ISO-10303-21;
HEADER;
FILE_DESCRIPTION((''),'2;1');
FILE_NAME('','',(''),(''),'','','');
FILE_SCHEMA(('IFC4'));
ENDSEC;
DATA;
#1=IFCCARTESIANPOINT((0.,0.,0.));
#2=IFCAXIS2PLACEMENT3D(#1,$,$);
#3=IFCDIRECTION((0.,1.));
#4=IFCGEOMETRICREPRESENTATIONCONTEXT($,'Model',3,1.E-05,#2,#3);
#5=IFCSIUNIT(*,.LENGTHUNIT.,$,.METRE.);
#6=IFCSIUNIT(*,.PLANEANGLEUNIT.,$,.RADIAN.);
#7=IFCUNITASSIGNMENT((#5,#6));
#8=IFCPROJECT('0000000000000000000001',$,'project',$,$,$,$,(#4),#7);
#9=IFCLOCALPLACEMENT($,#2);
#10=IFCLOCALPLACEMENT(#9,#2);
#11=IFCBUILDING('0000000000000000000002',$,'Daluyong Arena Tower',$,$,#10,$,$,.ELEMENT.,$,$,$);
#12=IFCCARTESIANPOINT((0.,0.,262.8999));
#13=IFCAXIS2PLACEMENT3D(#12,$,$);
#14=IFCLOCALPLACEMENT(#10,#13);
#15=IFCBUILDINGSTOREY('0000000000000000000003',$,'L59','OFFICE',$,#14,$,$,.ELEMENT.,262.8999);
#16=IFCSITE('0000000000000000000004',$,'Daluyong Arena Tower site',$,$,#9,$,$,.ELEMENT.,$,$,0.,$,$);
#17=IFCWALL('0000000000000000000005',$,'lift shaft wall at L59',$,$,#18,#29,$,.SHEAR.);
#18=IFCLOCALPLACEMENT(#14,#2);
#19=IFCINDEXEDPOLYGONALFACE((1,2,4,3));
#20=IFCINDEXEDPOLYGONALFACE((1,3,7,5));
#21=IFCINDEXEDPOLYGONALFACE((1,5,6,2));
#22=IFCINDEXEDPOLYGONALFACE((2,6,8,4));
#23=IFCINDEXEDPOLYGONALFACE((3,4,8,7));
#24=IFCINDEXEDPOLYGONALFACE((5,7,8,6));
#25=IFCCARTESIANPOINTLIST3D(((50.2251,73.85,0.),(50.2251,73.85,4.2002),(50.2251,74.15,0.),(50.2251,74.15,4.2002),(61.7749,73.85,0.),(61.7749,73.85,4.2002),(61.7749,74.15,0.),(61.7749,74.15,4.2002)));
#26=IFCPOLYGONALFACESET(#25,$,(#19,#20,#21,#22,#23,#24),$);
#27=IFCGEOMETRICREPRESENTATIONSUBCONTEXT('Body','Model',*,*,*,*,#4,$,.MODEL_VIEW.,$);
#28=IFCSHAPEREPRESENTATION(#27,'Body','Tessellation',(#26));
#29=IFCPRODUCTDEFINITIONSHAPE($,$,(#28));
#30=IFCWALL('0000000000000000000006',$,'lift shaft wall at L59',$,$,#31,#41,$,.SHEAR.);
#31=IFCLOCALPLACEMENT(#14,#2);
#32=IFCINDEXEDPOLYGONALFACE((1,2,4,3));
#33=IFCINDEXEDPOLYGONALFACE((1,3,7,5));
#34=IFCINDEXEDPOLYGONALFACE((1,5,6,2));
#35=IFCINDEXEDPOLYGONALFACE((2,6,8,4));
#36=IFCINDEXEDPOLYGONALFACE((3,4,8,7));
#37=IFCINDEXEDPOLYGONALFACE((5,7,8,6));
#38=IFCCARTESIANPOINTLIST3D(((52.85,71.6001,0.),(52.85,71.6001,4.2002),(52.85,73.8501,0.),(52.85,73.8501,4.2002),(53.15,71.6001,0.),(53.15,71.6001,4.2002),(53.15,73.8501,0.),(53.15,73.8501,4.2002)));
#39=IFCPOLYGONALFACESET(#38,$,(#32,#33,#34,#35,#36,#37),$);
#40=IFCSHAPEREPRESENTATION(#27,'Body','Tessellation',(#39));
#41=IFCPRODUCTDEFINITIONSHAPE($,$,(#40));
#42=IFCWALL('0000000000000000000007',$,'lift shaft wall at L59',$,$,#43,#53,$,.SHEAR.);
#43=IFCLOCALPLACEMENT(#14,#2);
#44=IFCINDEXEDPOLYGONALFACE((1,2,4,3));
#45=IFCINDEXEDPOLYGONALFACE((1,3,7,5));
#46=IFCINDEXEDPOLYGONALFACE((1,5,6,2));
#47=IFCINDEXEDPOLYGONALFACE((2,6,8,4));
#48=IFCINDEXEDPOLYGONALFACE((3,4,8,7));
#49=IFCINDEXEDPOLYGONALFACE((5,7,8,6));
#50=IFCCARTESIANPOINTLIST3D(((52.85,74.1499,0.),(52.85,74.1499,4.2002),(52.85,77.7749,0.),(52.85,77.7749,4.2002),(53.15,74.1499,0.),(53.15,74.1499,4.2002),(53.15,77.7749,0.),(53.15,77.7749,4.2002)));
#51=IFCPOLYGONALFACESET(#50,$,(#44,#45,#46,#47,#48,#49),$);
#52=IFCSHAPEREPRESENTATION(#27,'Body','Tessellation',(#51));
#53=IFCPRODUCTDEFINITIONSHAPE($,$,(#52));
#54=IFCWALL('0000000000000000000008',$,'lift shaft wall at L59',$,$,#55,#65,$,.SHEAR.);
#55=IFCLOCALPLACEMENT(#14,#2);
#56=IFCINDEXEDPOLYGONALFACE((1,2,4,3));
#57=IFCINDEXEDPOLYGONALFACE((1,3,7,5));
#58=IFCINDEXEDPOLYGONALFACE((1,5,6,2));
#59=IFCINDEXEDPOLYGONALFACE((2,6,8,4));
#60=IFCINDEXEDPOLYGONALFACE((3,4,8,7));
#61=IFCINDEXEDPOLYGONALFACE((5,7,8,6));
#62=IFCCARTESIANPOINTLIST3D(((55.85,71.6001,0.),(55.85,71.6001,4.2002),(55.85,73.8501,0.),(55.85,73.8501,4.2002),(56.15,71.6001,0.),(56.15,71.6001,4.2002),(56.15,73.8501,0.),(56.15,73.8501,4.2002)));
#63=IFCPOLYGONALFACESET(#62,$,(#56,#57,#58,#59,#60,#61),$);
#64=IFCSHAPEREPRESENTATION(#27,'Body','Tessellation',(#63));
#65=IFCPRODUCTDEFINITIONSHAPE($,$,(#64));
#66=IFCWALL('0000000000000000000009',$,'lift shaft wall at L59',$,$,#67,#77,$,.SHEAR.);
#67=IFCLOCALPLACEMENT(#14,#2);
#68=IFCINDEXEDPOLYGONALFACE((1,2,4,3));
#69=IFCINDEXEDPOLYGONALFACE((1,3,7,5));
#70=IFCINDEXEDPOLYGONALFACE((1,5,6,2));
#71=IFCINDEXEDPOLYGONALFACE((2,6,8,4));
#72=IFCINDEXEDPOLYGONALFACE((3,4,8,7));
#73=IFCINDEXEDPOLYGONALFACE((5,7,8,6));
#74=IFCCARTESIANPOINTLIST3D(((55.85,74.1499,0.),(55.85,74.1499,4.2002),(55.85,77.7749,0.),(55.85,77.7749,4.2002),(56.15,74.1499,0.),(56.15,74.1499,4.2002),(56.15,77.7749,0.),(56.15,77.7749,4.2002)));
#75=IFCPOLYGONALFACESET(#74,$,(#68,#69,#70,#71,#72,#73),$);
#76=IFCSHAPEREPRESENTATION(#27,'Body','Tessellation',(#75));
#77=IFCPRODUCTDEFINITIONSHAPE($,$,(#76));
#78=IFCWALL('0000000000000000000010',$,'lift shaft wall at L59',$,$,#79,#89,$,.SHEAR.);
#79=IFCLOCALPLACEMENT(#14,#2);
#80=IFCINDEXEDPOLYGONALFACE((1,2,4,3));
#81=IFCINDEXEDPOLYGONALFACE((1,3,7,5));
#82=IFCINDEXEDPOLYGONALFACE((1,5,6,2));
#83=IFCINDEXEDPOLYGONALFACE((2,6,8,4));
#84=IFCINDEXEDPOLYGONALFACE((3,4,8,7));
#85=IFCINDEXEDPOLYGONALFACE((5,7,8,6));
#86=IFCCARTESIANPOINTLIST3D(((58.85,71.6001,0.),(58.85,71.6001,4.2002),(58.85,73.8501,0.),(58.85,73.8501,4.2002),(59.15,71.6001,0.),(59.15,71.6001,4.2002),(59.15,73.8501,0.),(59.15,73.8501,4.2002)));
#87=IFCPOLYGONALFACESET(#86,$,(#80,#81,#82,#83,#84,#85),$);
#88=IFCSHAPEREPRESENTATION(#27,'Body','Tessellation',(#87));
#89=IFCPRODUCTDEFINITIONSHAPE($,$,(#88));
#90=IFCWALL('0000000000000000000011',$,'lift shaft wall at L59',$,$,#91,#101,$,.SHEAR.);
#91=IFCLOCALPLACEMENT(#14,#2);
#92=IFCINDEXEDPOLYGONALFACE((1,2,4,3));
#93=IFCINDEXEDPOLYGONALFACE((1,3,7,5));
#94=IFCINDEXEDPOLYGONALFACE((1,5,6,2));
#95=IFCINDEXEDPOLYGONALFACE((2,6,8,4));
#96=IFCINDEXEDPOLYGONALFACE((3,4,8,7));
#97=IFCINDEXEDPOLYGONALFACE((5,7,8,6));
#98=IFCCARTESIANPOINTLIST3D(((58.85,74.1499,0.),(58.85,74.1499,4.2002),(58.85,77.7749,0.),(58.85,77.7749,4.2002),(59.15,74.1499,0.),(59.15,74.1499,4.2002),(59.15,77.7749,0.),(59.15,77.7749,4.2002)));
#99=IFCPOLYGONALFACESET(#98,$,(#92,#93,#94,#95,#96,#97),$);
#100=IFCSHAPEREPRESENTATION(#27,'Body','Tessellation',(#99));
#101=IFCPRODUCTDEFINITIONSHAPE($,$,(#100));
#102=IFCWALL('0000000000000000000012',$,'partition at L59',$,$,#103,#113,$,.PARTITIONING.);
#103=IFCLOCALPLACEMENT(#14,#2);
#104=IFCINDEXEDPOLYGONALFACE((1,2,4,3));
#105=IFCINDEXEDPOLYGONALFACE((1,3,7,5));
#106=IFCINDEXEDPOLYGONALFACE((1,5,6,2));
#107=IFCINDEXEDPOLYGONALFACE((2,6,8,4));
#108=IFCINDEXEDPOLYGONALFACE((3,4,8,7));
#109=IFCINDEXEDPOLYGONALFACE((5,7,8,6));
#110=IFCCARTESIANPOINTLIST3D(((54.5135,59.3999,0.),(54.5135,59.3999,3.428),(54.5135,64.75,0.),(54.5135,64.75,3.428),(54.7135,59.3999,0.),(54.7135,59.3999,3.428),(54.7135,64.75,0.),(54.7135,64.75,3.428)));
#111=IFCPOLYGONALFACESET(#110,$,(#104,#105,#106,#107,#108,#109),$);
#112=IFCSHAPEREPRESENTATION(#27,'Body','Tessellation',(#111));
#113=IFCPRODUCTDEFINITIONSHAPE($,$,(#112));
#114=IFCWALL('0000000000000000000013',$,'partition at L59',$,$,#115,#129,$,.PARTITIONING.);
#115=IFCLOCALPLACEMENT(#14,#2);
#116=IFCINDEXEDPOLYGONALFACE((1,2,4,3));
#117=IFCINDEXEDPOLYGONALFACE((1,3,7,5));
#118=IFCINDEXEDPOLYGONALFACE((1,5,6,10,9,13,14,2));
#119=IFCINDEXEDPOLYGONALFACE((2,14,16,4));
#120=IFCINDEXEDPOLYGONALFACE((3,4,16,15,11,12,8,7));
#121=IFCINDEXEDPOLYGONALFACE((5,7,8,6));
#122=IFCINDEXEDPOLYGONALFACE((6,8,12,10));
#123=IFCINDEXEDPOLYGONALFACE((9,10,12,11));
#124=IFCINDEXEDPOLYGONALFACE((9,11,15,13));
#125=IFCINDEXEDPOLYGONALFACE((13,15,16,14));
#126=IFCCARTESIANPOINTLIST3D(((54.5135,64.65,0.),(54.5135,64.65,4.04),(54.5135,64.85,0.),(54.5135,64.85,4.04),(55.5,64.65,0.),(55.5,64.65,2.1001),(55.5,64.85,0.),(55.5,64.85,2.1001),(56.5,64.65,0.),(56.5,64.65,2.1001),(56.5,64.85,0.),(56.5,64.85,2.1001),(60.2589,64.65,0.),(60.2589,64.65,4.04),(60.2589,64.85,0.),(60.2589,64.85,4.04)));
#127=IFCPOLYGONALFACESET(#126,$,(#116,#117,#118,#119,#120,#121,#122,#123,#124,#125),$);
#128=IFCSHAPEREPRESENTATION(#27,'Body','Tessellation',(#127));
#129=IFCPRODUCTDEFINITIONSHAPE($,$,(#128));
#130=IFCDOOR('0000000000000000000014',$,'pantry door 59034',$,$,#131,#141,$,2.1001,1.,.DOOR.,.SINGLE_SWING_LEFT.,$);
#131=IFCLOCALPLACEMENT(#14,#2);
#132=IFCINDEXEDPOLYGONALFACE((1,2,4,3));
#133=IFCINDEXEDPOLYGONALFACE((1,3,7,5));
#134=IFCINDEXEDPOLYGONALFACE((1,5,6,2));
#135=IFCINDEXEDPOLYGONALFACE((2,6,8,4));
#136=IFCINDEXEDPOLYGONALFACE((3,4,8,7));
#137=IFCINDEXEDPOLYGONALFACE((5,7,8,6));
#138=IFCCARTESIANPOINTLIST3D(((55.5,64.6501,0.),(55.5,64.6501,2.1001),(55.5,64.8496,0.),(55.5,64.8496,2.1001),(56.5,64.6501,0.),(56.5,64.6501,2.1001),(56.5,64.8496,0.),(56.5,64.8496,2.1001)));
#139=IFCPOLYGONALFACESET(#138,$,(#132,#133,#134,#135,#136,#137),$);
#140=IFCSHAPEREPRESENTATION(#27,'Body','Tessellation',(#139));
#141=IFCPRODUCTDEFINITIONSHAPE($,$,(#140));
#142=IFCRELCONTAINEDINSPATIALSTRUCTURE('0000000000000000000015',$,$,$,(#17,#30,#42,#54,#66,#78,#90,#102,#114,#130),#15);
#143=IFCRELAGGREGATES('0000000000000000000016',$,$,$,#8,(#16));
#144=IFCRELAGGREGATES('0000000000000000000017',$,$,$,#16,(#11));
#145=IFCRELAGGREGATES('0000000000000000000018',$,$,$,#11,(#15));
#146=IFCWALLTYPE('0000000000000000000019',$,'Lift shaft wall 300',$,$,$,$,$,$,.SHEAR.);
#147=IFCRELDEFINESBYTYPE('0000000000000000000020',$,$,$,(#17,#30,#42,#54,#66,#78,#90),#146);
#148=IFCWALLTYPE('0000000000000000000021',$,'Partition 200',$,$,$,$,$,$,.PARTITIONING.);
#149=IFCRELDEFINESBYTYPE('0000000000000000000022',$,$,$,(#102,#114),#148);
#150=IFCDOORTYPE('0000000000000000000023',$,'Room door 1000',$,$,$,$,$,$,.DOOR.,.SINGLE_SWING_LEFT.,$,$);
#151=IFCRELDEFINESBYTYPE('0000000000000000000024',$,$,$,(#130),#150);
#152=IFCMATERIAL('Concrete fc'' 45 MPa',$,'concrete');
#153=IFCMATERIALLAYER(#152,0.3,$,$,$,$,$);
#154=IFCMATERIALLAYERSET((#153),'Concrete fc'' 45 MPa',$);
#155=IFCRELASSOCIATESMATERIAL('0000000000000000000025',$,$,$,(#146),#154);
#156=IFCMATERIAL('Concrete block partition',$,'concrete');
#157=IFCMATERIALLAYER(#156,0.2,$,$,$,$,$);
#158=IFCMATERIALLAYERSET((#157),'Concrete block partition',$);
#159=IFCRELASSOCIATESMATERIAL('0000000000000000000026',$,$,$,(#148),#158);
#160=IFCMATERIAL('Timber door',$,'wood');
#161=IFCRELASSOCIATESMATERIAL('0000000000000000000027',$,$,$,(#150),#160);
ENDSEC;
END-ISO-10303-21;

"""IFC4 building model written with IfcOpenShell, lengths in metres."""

from ifc_helpers import new_model, si_unit, direction, frame, frame_2d, origin, place, context, subcontext, project, spatial, rectangle, extrude, material, layer, layer_set, type_object, element, fill, save


model = new_model("IFC4")

# Units and contexts
model_context = context("Model", 3, precision=1e-05, world=origin(), true_north=direction((0.0, 1.0)))
body_context = subcontext(model_context, "Body", "Model", "MODEL_VIEW")
ifc_project = project(units=[si_unit("LENGTHUNIT", "METRE"), si_unit("PLANEANGLEUNIT", "RADIAN")], contexts=[model_context])

# Site, building, storey
site_placement = place(None, origin())
site = spatial("IfcSite", under=ifc_project, at=site_placement, Name="Daluyong Arena Tower site", CompositionType="ELEMENT", RefElevation=0.0)
building_placement = place(site_placement, origin())
building = spatial("IfcBuilding", under=site, at=building_placement, Name="Daluyong Arena Tower", CompositionType="ELEMENT")
storey_placement = place(building_placement, frame((0.0, 0.0, 262.8999)))
storey = spatial("IfcBuildingStorey", under=building, at=storey_placement, Name="L59", Description="OFFICE", CompositionType="ELEMENT", Elevation=262.8999)

# Walls
ifc_material_1 = material(Name="Concrete fc' 45 MPa", Category="concrete")
ifc_layer_1 = layer(ifc_material_1, 0.3)
ifc_layer_set_1 = layer_set([ifc_layer_1], Name="Concrete fc' 45 MPa")
wall_type_1 = type_object("IfcWallType", Name="Lift shaft wall 300", PredefinedType="SHEAR", material=ifc_layer_set_1)
wall_1_placement = place(storey_placement, frame((50.2251, 74.0, 0.0), z_axis=(0.0, 0.0, 1.0), x_axis=(1.0, 0.0, 0.0)))
element("IfcWall", 1, at=wall_1_placement, inside=storey, type_object=wall_type_1, Name="lift shaft wall at L59", PredefinedType="SHEAR", context=body_context, shape_type="SweptSolid", body=[
    extrude(rectangle(XDim=11.5498, YDim=0.3, at=frame_2d((5.7749, 0.0))), origin(), (0.0, 0.0, 1.0), 4.2002),
])
wall_2_placement = place(storey_placement, frame((53.0, 71.6001, 0.0), z_axis=(0.0, 0.0, 1.0), x_axis=(0.0, 1.0, 0.0)))
element("IfcWall", 2, at=wall_2_placement, inside=storey, type_object=wall_type_1, Name="lift shaft wall at L59", PredefinedType="SHEAR", context=body_context, shape_type="SweptSolid", body=[
    extrude(rectangle(XDim=2.25, YDim=0.3, at=frame_2d((1.125, 0.0))), origin(), (0.0, 0.0, 1.0), 4.2002),
])
wall_3_placement = place(storey_placement, frame((53.0, 74.1499, 0.0), z_axis=(0.0, 0.0, 1.0), x_axis=(0.0, 1.0, 0.0)))
element("IfcWall", 3, at=wall_3_placement, inside=storey, type_object=wall_type_1, Name="lift shaft wall at L59", PredefinedType="SHEAR", context=body_context, shape_type="SweptSolid", body=[
    extrude(rectangle(XDim=3.625, YDim=0.3, at=frame_2d((1.8125, 0.0))), origin(), (0.0, 0.0, 1.0), 4.2002),
])
wall_4_placement = place(storey_placement, frame((56.0, 71.6001, 0.0), z_axis=(0.0, 0.0, 1.0), x_axis=(0.0, 1.0, 0.0)))
element("IfcWall", 4, at=wall_4_placement, inside=storey, type_object=wall_type_1, Name="lift shaft wall at L59", PredefinedType="SHEAR", context=body_context, shape_type="SweptSolid", body=[
    extrude(rectangle(XDim=2.25, YDim=0.3, at=frame_2d((1.125, 0.0))), origin(), (0.0, 0.0, 1.0), 4.2002),
])
wall_5_placement = place(storey_placement, frame((56.0, 74.1499, 0.0), z_axis=(0.0, 0.0, 1.0), x_axis=(0.0, 1.0, 0.0)))
element("IfcWall", 5, at=wall_5_placement, inside=storey, type_object=wall_type_1, Name="lift shaft wall at L59", PredefinedType="SHEAR", context=body_context, shape_type="SweptSolid", body=[
    extrude(rectangle(XDim=3.625, YDim=0.3, at=frame_2d((1.8125, 0.0))), origin(), (0.0, 0.0, 1.0), 4.2002),
])
wall_6_placement = place(storey_placement, frame((59.0, 71.6001, 0.0), z_axis=(0.0, 0.0, 1.0), x_axis=(0.0, 1.0, 0.0)))
element("IfcWall", 6, at=wall_6_placement, inside=storey, type_object=wall_type_1, Name="lift shaft wall at L59", PredefinedType="SHEAR", context=body_context, shape_type="SweptSolid", body=[
    extrude(rectangle(XDim=2.25, YDim=0.3, at=frame_2d((1.125, 0.0))), origin(), (0.0, 0.0, 1.0), 4.2002),
])
wall_7_placement = place(storey_placement, frame((59.0, 74.1499, 0.0), z_axis=(0.0, 0.0, 1.0), x_axis=(0.0, 1.0, 0.0)))
element("IfcWall", 7, at=wall_7_placement, inside=storey, type_object=wall_type_1, Name="lift shaft wall at L59", PredefinedType="SHEAR", context=body_context, shape_type="SweptSolid", body=[
    extrude(rectangle(XDim=3.625, YDim=0.3, at=frame_2d((1.8125, 0.0))), origin(), (0.0, 0.0, 1.0), 4.2002),
])
ifc_material_2 = material(Name="Concrete block partition", Category="concrete")
ifc_layer_2 = layer(ifc_material_2, 0.2)
ifc_layer_set_2 = layer_set([ifc_layer_2], Name="Concrete block partition")
wall_type_2 = type_object("IfcWallType", Name="Partition 200", PredefinedType="PARTITIONING", material=ifc_layer_set_2)
wall_8_placement = place(storey_placement, frame((54.6135, 59.3999, 0.0), z_axis=(0.0, 0.0, 1.0), x_axis=(0.0, 1.0, 0.0)))
element("IfcWall", 8, at=wall_8_placement, inside=storey, type_object=wall_type_2, Name="partition at L59", PredefinedType="PARTITIONING", context=body_context, shape_type="SweptSolid", body=[
    extrude(rectangle(XDim=5.3501, YDim=0.2, at=frame_2d((2.675, 0.0))), origin(), (0.0, 0.0, 1.0), 3.428),
])

# Wall, opening, door
wall_9_placement = place(storey_placement, frame((54.5137, 64.75, 0.0), z_axis=(0.0, 0.0, 1.0), x_axis=(1.0, 0.0, 0.0)))
wall_9 = element("IfcWall", 9, at=wall_9_placement, inside=storey, type_object=wall_type_2, Name="partition at L59", PredefinedType="PARTITIONING", context=body_context, shape_type="SweptSolid", body=[
    extrude(rectangle(XDim=5.7454, YDim=0.2, at=frame_2d((2.8726, 0.0))), origin(), (0.0, 0.0, 1.0), 4.04),
])
opening_1_placement = place(wall_9_placement, frame((0.9863, 0.0, 0.0)))
opening_1 = element("IfcOpeningElement", 10, at=opening_1_placement, cuts=wall_9, PredefinedType="OPENING", context=body_context, shape_type="SweptSolid", body=[
    extrude(rectangle(XDim=1.0, YDim=2.1001, at=frame_2d((0.5, 1.05))), frame((0.0, 0.1099, 0.0), z_axis=(0.0, -1.0, 0.0), x_axis=(1.0, 0.0, 0.0)), (0.0, 0.0, 1.0), 0.22),
])
ifc_material_3 = material(Name="Timber door", Category="wood")
door_type_1 = type_object("IfcDoorType", Name="Room door 1000", OperationType="SINGLE_SWING_LEFT", PredefinedType="DOOR", material=ifc_material_3)
door_1_placement = place(opening_1_placement, origin())
door_1 = element("IfcDoor", 11, at=door_1_placement, inside=storey, type_object=door_type_1, Name="pantry door 59034", OperationType="SINGLE_SWING_LEFT", OverallHeight=2.1001, OverallWidth=1.0, PredefinedType="DOOR", context=body_context, shape_type="SweptSolid", body=[
    extrude(rectangle(XDim=1.0, YDim=2.1001, at=frame_2d((0.5, 1.05))), frame((0.0, 0.0996, 0.0), z_axis=(0.0, -1.0, 0.0), x_axis=(1.0, 0.0, 0.0)), (0.0, 0.0, 1.0), 0.1995),
])
fill(opening_1, door_1)

save(model, "model.ifc")
